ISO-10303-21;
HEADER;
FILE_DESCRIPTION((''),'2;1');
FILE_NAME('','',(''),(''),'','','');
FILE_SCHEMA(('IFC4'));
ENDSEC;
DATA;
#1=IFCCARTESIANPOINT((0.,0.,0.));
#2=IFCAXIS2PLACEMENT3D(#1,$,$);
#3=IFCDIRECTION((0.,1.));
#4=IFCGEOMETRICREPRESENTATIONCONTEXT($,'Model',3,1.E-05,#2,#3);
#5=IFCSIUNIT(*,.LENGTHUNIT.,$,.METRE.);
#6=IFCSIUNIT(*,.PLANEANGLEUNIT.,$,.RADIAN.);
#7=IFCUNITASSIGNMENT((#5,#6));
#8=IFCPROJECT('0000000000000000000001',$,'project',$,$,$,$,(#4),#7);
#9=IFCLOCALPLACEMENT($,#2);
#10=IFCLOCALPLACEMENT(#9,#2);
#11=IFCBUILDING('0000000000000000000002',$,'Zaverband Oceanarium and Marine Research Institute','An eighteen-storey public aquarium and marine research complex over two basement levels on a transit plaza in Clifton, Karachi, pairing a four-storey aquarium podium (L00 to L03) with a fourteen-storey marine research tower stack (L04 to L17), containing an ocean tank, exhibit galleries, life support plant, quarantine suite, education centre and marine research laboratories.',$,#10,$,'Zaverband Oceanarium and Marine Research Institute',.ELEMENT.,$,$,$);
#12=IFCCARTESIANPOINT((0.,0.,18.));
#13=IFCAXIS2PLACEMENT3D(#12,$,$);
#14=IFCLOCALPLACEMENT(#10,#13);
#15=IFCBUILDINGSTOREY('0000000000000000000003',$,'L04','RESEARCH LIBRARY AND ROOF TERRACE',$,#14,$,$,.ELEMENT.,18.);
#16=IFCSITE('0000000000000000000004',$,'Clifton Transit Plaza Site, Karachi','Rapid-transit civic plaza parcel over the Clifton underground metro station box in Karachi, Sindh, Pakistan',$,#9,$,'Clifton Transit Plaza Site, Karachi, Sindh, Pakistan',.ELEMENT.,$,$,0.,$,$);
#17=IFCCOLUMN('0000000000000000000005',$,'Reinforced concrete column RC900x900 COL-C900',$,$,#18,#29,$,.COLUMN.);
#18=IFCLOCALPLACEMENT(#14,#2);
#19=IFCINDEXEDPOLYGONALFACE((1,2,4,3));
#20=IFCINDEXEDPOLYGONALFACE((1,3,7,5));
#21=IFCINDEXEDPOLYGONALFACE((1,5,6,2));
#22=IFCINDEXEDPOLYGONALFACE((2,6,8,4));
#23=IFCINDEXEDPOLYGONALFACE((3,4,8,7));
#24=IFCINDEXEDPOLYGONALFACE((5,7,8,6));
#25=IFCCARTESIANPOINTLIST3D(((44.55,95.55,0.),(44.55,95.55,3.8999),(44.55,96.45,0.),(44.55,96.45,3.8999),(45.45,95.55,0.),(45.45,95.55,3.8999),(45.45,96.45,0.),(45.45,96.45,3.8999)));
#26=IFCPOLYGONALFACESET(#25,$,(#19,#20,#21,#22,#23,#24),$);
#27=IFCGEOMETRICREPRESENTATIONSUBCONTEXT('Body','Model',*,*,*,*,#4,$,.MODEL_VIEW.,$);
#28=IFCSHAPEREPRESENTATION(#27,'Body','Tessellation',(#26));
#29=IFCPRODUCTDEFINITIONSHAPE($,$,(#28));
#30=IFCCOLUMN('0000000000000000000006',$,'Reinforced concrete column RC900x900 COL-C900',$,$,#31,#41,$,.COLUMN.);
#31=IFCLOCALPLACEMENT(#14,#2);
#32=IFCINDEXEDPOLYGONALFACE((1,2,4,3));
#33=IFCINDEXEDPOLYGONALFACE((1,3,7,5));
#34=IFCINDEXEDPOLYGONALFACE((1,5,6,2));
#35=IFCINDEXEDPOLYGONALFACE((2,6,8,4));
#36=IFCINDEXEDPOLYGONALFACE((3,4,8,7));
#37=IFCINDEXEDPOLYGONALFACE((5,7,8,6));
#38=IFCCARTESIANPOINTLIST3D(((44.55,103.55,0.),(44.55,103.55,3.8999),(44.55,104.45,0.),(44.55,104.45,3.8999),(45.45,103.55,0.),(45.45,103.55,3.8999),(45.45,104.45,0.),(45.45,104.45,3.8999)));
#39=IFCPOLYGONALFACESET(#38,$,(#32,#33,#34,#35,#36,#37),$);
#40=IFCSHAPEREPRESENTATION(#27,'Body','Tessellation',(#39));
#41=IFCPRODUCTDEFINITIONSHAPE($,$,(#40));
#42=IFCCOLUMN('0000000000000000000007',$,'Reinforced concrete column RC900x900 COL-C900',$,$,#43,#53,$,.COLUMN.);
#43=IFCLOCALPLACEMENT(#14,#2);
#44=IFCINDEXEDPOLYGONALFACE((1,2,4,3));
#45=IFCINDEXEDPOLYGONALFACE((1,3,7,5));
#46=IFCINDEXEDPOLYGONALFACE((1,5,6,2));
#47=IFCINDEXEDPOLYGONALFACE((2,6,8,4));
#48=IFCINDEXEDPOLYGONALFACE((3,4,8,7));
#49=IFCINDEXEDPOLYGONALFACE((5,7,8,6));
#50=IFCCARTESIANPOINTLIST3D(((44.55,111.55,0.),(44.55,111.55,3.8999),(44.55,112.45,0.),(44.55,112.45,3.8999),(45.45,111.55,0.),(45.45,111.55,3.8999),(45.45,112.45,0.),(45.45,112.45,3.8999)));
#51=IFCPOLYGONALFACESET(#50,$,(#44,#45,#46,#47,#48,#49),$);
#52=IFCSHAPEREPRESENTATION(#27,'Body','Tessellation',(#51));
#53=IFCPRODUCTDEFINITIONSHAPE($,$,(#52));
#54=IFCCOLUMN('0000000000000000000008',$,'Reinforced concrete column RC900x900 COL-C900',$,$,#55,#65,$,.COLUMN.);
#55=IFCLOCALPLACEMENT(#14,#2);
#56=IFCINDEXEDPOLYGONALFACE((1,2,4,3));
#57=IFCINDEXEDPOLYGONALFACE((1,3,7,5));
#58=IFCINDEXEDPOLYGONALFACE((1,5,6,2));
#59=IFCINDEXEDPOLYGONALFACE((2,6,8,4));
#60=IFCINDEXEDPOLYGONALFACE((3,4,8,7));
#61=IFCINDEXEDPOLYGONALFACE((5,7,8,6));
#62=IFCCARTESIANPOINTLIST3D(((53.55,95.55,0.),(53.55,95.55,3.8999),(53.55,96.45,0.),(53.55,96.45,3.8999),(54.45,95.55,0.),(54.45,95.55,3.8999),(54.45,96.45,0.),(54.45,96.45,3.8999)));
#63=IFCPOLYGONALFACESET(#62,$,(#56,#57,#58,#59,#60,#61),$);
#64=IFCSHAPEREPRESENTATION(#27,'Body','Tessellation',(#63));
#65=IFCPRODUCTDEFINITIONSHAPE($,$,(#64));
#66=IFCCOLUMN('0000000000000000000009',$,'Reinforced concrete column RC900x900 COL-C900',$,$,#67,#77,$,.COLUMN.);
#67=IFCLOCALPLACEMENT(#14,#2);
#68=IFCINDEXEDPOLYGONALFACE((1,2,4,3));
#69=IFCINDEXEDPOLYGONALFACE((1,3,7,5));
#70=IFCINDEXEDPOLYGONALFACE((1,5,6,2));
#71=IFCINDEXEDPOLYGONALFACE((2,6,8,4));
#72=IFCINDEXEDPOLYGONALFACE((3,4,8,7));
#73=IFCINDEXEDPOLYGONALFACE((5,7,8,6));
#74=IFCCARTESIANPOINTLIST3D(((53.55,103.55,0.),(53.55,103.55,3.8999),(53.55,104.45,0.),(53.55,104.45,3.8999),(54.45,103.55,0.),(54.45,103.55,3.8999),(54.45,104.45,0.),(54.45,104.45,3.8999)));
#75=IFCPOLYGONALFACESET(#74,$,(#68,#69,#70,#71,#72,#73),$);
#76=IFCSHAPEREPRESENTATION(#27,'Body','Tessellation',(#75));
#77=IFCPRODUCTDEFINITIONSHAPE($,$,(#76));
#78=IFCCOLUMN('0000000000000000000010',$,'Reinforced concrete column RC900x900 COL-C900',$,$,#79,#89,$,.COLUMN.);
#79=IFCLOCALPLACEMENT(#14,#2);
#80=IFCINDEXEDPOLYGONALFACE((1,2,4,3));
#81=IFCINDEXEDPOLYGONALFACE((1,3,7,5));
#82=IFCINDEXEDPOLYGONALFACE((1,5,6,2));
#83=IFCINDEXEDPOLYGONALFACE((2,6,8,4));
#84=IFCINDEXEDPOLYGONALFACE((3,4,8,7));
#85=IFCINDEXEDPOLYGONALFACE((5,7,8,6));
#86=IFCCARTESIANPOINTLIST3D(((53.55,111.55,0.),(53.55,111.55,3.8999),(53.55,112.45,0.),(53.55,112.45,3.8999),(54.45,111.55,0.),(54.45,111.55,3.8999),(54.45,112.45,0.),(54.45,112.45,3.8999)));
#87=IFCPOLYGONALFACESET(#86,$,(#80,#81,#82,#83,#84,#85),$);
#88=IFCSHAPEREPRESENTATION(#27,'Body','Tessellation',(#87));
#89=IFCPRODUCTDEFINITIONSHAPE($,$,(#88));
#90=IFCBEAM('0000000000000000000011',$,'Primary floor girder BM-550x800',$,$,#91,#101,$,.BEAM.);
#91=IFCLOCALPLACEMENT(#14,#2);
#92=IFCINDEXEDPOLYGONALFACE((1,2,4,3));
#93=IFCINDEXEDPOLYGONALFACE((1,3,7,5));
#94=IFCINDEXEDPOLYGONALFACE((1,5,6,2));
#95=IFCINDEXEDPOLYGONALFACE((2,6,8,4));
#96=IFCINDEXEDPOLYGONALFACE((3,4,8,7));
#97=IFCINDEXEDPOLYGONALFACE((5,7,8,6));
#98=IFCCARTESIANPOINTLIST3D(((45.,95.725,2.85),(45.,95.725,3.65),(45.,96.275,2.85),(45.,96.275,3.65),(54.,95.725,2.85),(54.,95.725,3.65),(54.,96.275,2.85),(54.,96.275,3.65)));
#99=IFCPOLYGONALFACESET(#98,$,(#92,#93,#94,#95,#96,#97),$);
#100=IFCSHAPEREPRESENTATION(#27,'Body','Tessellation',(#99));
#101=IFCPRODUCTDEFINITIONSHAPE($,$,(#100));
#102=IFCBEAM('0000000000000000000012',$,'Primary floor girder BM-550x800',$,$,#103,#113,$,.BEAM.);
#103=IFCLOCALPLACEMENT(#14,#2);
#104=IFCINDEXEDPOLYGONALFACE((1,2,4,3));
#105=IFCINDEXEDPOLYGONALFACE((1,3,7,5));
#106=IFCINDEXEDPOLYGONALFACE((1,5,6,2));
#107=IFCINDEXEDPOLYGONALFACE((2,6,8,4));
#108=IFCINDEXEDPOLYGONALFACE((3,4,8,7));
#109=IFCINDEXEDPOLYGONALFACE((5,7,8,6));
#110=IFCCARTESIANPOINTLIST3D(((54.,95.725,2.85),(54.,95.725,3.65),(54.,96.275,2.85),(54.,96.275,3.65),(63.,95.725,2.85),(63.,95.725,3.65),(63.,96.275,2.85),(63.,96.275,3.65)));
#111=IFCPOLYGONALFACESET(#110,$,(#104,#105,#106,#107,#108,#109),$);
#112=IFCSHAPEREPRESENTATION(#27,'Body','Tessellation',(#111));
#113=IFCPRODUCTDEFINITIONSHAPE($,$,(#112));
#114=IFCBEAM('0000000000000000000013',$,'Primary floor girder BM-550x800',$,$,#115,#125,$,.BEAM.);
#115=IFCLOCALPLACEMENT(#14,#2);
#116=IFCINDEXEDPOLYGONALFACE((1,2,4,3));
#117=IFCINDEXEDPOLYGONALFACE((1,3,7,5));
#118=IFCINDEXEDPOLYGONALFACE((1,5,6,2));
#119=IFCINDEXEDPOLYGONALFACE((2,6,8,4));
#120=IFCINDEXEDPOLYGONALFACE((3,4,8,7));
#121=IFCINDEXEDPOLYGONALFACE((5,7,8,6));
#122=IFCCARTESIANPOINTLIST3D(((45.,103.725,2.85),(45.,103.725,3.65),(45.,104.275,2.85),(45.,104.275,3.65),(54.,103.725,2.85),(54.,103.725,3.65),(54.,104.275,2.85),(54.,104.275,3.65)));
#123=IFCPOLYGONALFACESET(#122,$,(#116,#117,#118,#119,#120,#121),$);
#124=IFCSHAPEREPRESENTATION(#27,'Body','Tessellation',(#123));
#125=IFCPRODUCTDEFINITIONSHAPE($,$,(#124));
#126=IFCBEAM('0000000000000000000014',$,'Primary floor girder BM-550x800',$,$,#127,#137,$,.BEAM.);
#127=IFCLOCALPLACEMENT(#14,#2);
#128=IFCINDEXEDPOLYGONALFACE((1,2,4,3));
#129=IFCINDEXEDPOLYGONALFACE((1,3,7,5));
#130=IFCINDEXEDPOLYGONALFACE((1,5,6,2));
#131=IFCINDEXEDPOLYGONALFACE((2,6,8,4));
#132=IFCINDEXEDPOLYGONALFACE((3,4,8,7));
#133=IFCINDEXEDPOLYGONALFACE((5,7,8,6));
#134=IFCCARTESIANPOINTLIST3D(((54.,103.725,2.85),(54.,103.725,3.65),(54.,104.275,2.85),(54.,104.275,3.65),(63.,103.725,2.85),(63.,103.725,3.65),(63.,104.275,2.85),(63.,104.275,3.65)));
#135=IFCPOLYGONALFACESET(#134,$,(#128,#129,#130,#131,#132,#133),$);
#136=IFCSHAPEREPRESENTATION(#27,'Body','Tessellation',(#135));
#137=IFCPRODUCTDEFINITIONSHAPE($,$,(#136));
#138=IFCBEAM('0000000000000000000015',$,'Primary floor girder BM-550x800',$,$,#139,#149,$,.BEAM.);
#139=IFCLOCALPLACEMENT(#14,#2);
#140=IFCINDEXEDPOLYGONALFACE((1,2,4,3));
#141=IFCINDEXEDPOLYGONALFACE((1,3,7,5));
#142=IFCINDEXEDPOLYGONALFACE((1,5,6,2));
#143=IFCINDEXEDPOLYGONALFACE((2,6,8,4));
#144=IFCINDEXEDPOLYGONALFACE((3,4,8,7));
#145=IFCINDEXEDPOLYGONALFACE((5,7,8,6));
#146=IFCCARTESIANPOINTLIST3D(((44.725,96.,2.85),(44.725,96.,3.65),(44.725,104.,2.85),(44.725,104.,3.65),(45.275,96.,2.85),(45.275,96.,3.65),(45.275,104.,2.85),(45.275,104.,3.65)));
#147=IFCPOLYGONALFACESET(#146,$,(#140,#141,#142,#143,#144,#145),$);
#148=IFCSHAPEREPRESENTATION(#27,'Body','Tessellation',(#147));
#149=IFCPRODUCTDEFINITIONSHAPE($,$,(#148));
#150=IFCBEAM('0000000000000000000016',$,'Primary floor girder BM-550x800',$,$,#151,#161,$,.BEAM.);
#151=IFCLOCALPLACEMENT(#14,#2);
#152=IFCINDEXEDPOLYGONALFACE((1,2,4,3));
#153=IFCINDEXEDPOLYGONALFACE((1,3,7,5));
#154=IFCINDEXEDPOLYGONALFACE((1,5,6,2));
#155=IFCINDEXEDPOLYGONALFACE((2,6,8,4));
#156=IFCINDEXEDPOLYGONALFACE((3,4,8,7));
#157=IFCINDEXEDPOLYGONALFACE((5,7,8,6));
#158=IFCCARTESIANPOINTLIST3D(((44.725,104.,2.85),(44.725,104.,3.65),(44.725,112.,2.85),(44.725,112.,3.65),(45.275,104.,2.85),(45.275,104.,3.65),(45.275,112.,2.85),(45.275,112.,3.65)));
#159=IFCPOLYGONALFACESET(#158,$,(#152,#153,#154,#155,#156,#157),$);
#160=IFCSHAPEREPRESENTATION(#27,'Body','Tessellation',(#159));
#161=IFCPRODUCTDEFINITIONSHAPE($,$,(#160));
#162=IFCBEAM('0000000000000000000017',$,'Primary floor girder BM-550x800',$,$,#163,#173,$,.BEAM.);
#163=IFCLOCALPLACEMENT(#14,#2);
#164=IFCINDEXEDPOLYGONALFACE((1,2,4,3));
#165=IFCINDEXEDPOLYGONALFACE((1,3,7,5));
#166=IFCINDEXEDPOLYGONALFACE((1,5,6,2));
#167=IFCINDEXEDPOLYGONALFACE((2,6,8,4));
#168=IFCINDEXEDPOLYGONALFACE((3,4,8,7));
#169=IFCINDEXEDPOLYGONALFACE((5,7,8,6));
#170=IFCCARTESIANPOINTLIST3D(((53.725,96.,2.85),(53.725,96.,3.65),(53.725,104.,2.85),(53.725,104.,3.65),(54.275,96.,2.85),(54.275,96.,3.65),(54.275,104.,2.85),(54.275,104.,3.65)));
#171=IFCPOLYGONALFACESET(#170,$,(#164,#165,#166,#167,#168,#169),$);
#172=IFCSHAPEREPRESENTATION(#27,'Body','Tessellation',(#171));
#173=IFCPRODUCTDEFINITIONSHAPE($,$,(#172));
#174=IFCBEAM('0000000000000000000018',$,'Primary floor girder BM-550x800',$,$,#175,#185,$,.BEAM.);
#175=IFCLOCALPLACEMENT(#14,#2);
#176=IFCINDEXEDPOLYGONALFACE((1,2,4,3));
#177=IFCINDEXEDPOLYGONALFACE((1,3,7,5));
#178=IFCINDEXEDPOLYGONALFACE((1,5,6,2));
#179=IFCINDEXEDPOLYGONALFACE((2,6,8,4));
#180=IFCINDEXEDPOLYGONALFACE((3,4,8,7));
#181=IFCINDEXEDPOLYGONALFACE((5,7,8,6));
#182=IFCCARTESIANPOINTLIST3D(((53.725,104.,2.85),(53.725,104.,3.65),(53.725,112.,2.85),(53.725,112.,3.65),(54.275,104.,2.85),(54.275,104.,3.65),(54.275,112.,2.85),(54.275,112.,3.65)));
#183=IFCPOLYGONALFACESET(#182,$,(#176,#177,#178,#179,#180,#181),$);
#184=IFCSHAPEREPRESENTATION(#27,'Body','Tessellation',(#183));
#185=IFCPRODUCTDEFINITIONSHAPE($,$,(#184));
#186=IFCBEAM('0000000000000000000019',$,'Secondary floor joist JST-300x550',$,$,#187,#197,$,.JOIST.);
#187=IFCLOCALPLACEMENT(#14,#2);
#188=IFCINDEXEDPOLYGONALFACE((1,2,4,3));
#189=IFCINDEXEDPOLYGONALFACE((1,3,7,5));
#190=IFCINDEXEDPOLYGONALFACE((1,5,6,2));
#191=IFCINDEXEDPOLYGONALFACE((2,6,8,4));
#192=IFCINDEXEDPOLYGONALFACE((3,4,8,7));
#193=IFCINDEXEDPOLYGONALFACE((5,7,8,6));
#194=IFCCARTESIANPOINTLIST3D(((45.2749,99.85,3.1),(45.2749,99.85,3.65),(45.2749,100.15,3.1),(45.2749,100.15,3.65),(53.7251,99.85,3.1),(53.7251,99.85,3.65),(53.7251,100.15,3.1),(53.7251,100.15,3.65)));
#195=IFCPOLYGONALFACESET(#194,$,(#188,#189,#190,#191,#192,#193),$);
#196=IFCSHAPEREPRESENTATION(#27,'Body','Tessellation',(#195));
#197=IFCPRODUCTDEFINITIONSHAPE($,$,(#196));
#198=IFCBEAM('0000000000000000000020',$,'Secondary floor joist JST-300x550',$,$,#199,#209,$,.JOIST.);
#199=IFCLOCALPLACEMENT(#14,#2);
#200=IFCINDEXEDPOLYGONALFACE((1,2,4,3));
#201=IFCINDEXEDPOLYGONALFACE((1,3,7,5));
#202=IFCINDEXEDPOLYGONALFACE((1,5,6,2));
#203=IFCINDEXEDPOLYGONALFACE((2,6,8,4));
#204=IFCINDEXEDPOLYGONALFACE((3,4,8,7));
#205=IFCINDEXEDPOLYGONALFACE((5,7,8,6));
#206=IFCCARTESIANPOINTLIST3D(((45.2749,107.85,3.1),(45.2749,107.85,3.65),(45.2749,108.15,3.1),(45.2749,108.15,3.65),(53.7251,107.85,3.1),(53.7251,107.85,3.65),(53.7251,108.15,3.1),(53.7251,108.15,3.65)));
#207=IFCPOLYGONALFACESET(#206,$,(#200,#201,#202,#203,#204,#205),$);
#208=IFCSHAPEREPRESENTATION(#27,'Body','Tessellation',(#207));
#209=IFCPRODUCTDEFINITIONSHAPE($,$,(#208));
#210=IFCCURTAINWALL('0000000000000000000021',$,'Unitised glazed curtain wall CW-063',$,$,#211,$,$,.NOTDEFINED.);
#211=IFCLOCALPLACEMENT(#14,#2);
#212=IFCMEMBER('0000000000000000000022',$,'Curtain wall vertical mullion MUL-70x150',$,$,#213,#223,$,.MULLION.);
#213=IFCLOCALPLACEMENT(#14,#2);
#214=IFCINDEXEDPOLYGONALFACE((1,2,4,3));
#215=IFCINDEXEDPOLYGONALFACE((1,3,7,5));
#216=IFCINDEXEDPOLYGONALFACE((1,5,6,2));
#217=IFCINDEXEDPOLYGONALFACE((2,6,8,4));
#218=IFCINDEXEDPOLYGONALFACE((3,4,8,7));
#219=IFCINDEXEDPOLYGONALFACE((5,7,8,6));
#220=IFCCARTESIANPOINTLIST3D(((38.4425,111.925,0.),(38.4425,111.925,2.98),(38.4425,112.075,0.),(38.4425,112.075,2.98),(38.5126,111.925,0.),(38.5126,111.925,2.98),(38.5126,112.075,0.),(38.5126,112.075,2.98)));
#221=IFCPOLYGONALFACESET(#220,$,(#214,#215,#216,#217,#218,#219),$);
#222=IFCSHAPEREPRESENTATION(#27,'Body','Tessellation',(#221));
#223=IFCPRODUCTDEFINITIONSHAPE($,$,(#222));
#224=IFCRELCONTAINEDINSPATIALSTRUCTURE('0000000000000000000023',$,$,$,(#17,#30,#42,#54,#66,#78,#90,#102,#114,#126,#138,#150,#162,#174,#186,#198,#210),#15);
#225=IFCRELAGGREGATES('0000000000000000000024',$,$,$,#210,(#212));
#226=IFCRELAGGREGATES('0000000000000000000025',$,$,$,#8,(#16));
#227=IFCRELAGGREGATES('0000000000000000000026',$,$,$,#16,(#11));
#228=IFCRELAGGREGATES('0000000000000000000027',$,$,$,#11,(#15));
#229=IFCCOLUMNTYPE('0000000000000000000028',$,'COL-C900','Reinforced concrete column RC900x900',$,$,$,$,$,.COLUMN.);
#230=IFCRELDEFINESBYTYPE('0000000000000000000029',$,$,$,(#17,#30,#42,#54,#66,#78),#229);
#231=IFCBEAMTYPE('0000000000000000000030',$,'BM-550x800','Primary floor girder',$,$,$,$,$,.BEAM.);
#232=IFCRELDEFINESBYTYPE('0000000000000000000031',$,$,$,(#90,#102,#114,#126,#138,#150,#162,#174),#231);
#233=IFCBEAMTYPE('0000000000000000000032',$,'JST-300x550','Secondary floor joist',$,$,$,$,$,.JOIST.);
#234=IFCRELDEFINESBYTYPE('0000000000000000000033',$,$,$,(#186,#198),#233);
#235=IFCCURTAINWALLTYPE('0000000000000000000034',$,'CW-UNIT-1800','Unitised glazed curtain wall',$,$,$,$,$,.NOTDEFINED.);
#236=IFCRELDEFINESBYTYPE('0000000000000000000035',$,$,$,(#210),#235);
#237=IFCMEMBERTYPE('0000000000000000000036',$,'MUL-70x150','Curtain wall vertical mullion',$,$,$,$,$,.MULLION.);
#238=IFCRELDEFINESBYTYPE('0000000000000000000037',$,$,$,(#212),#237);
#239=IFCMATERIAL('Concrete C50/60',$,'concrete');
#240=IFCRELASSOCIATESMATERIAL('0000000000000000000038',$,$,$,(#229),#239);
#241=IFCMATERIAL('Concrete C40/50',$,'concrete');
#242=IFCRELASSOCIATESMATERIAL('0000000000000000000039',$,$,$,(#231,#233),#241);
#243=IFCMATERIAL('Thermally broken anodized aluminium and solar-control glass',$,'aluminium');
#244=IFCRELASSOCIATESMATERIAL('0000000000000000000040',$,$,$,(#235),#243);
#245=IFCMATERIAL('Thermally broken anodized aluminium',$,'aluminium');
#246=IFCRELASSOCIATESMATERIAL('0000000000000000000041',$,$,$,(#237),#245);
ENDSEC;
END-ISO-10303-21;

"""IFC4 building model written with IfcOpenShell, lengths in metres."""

from ifc_helpers import new_model, si_unit, direction, frame, origin, origin_2d, place, context, subcontext, project, spatial, rectangle, extrude, material, material_profile, profile_set, type_object, element, aggregate, save


model = new_model("IFC4")

# Units and contexts
model_context = context("Model", 3, precision=1e-05, world=origin(), true_north=direction((0.0, 1.0)))
body_context = subcontext(model_context, "Body", "Model", "MODEL_VIEW")
ifc_project = project(units=[si_unit("LENGTHUNIT", "METRE"), si_unit("PLANEANGLEUNIT", "RADIAN")], contexts=[model_context])

# Site, building, storey
site_placement = place(None, origin())
site = spatial("IfcSite", under=ifc_project, at=site_placement, Name="Clifton Transit Plaza Site, Karachi", Description="Rapid-transit civic plaza parcel over the Clifton underground metro station box in Karachi, Sindh, Pakistan", LongName="Clifton Transit Plaza Site, Karachi, Sindh, Pakistan", CompositionType="ELEMENT", RefElevation=0.0)
building_placement = place(site_placement, origin())
building = spatial("IfcBuilding", under=site, at=building_placement, Name="Zaverband Oceanarium and Marine Research Institute", Description="An eighteen-storey public aquarium and marine research complex over two basement levels on a transit plaza in Clifton, Karachi, pairing a four-storey aquarium podium (L00 to L03) with a fourteen-storey marine research tower stack (L04 to L17), containing an ocean tank, exhibit galleries, life support plant, quarantine suite, education centre and marine research laboratories.", LongName="Zaverband Oceanarium and Marine Research Institute", CompositionType="ELEMENT")
storey_placement = place(building_placement, frame((0.0, 0.0, 18.0)))
storey = spatial("IfcBuildingStorey", under=building, at=storey_placement, Name="L04", Description="RESEARCH LIBRARY AND ROOF TERRACE", CompositionType="ELEMENT", Elevation=18.0)

# Columns
ifc_material_1 = material(Name="Concrete C50/60", Category="concrete")
ifc_material_profile_1 = material_profile(ifc_material_1, rectangle(XDim=0.8999, YDim=0.8999, at=origin_2d()), Name="RC900x900")
ifc_profile_set_1 = profile_set([ifc_material_profile_1], Name="Concrete C50/60")
column_type = type_object("IfcColumnType", Name="COL-C900", Description="Reinforced concrete column RC900x900", PredefinedType="COLUMN", material=ifc_profile_set_1)
for number, where, z_axis, x_axis, name in (
    (1, (45.0, 96.0, 0.0), (0.0, 0.0, 1.0), (1.0, 0.0, 0.0), "Reinforced concrete column RC900x900 COL-C900"),
    (2, (45.0, 104.0, 0.0), (0.0, 0.0, 1.0), (1.0, 0.0, 0.0), "Reinforced concrete column RC900x900 COL-C900"),
    (3, (45.0, 112.0, 0.0), (0.0, 0.0, 1.0), (1.0, 0.0, 0.0), "Reinforced concrete column RC900x900 COL-C900"),
    (4, (54.0, 96.0, 0.0), (0.0, 0.0, 1.0), (1.0, 0.0, 0.0), "Reinforced concrete column RC900x900 COL-C900"),
    (5, (54.0, 104.0, 0.0), (0.0, 0.0, 1.0), (1.0, 0.0, 0.0), "Reinforced concrete column RC900x900 COL-C900"),
    (6, (54.0, 112.0, 0.0), (0.0, 0.0, 1.0), (1.0, 0.0, 0.0), "Reinforced concrete column RC900x900 COL-C900"),
):
    element("IfcColumn", number, at=place(storey_placement, frame(where, z_axis=z_axis, x_axis=x_axis)), inside=storey, type_object=column_type, Name=name, PredefinedType="COLUMN", context=body_context, shape_type="SweptSolid", body=[
        extrude(rectangle(XDim=0.8999, YDim=0.8999, at=origin_2d()), origin(), (0.0, 0.0, 1.0), 3.8999),
    ])

# Beams
ifc_material_2 = material(Name="Concrete C40/50", Category="concrete")
ifc_material_profile_2 = material_profile(ifc_material_2, rectangle(XDim=0.55, YDim=0.8, at=origin_2d()), Name="RC550x800")
ifc_profile_set_2 = profile_set([ifc_material_profile_2], Name="Concrete C40/50")
beam_type_1 = type_object("IfcBeamType", Name="BM-550x800", Description="Primary floor girder", PredefinedType="BEAM", material=ifc_profile_set_2)
for number, where, z_axis, x_axis, name in (
    (7, (45.0, 96.0, 3.25), (1.0, 0.0, 0.0), (0.0, 1.0, 0.0), "Primary floor girder BM-550x800"),
    (8, (54.0, 96.0, 3.25), (1.0, 0.0, 0.0), (0.0, 1.0, 0.0), "Primary floor girder BM-550x800"),
    (9, (45.0, 104.0, 3.25), (1.0, 0.0, 0.0), (0.0, 1.0, 0.0), "Primary floor girder BM-550x800"),
    (10, (54.0, 104.0, 3.25), (1.0, 0.0, 0.0), (0.0, 1.0, 0.0), "Primary floor girder BM-550x800"),
):
    element("IfcBeam", number, at=place(storey_placement, frame(where, z_axis=z_axis, x_axis=x_axis)), inside=storey, type_object=beam_type_1, Name=name, PredefinedType="BEAM", context=body_context, shape_type="SweptSolid", body=[
        extrude(rectangle(XDim=0.55, YDim=0.8, at=origin_2d()), origin(), (0.0, 0.0, 1.0), 9.0),
    ])
for number, where, z_axis, x_axis, name in (
    (11, (45.0, 96.0, 3.25), (0.0, 1.0, 0.0), (-1.0, 0.0, 0.0), "Primary floor girder BM-550x800"),
    (12, (45.0, 104.0, 3.25), (0.0, 1.0, 0.0), (-1.0, 0.0, 0.0), "Primary floor girder BM-550x800"),
    (13, (54.0, 96.0, 3.25), (0.0, 1.0, 0.0), (-1.0, 0.0, 0.0), "Primary floor girder BM-550x800"),
    (14, (54.0, 104.0, 3.25), (0.0, 1.0, 0.0), (-1.0, 0.0, 0.0), "Primary floor girder BM-550x800"),
):
    element("IfcBeam", number, at=place(storey_placement, frame(where, z_axis=z_axis, x_axis=x_axis)), inside=storey, type_object=beam_type_1, Name=name, PredefinedType="BEAM", context=body_context, shape_type="SweptSolid", body=[
        extrude(rectangle(XDim=0.55, YDim=0.8, at=origin_2d()), origin(), (0.0, 0.0, 1.0), 8.0),
    ])
ifc_material_profile_3 = material_profile(ifc_material_2, rectangle(XDim=0.3, YDim=0.55, at=origin_2d()), Name="RC300x550")
ifc_profile_set_3 = profile_set([ifc_material_profile_3], Name="Concrete C40/50")
beam_type_2 = type_object("IfcBeamType", Name="JST-300x550", Description="Secondary floor joist", PredefinedType="JOIST", material=ifc_profile_set_3)
for number, where, z_axis, x_axis, name in (
    (15, (45.2749, 100.0, 3.375), (1.0, 0.0, 0.0), (0.0, 1.0, 0.0), "Secondary floor joist JST-300x550"),
    (16, (45.2749, 108.0, 3.375), (1.0, 0.0, 0.0), (0.0, 1.0, 0.0), "Secondary floor joist JST-300x550"),
):
    element("IfcBeam", number, at=place(storey_placement, frame(where, z_axis=z_axis, x_axis=x_axis)), inside=storey, type_object=beam_type_2, Name=name, PredefinedType="JOIST", context=body_context, shape_type="SweptSolid", body=[
        extrude(rectangle(XDim=0.3, YDim=0.55, at=origin_2d()), origin(), (0.0, 0.0, 1.0), 8.4502),
    ])

# Curtain wall, member
ifc_material_3 = material(Name="Thermally broken anodized aluminium and solar-control glass", Category="aluminium")
curtain_wall_type = type_object("IfcCurtainWallType", Name="CW-UNIT-1800", Description="Unitised glazed curtain wall", PredefinedType="NOTDEFINED", material=ifc_material_3)
curtain_wall_placement = place(storey_placement, origin())
curtain_wall = element("IfcCurtainWall", 17, at=curtain_wall_placement, inside=storey, type_object=curtain_wall_type, Name="Unitised glazed curtain wall CW-063", PredefinedType="NOTDEFINED")
ifc_material_4 = material(Name="Thermally broken anodized aluminium", Category="aluminium")
ifc_material_profile_4 = material_profile(ifc_material_4, rectangle(XDim=0.0701, YDim=0.1499, at=origin_2d()), Name="AL-MUL-70x150")
ifc_profile_set_4 = profile_set([ifc_material_profile_4], Name="Thermally broken anodized aluminium")
member_type = type_object("IfcMemberType", Name="MUL-70x150", Description="Curtain wall vertical mullion", PredefinedType="MULLION", material=ifc_profile_set_4)
member_1_placement = place(storey_placement, frame((38.4775, 112.0, 0.0), z_axis=(0.0, 0.0, 1.0), x_axis=(1.0, 0.0, 0.0)))
member_1 = element("IfcMember", 18, at=member_1_placement, type_object=member_type, Name="Curtain wall vertical mullion MUL-70x150", PredefinedType="MULLION", context=body_context, shape_type="SweptSolid", body=[
    extrude(rectangle(XDim=0.0701, YDim=0.1499, at=origin_2d()), origin(), (0.0, 0.0, 1.0), 2.98),
])

aggregate(curtain_wall, [member_1])

save(model, "model.ifc")
